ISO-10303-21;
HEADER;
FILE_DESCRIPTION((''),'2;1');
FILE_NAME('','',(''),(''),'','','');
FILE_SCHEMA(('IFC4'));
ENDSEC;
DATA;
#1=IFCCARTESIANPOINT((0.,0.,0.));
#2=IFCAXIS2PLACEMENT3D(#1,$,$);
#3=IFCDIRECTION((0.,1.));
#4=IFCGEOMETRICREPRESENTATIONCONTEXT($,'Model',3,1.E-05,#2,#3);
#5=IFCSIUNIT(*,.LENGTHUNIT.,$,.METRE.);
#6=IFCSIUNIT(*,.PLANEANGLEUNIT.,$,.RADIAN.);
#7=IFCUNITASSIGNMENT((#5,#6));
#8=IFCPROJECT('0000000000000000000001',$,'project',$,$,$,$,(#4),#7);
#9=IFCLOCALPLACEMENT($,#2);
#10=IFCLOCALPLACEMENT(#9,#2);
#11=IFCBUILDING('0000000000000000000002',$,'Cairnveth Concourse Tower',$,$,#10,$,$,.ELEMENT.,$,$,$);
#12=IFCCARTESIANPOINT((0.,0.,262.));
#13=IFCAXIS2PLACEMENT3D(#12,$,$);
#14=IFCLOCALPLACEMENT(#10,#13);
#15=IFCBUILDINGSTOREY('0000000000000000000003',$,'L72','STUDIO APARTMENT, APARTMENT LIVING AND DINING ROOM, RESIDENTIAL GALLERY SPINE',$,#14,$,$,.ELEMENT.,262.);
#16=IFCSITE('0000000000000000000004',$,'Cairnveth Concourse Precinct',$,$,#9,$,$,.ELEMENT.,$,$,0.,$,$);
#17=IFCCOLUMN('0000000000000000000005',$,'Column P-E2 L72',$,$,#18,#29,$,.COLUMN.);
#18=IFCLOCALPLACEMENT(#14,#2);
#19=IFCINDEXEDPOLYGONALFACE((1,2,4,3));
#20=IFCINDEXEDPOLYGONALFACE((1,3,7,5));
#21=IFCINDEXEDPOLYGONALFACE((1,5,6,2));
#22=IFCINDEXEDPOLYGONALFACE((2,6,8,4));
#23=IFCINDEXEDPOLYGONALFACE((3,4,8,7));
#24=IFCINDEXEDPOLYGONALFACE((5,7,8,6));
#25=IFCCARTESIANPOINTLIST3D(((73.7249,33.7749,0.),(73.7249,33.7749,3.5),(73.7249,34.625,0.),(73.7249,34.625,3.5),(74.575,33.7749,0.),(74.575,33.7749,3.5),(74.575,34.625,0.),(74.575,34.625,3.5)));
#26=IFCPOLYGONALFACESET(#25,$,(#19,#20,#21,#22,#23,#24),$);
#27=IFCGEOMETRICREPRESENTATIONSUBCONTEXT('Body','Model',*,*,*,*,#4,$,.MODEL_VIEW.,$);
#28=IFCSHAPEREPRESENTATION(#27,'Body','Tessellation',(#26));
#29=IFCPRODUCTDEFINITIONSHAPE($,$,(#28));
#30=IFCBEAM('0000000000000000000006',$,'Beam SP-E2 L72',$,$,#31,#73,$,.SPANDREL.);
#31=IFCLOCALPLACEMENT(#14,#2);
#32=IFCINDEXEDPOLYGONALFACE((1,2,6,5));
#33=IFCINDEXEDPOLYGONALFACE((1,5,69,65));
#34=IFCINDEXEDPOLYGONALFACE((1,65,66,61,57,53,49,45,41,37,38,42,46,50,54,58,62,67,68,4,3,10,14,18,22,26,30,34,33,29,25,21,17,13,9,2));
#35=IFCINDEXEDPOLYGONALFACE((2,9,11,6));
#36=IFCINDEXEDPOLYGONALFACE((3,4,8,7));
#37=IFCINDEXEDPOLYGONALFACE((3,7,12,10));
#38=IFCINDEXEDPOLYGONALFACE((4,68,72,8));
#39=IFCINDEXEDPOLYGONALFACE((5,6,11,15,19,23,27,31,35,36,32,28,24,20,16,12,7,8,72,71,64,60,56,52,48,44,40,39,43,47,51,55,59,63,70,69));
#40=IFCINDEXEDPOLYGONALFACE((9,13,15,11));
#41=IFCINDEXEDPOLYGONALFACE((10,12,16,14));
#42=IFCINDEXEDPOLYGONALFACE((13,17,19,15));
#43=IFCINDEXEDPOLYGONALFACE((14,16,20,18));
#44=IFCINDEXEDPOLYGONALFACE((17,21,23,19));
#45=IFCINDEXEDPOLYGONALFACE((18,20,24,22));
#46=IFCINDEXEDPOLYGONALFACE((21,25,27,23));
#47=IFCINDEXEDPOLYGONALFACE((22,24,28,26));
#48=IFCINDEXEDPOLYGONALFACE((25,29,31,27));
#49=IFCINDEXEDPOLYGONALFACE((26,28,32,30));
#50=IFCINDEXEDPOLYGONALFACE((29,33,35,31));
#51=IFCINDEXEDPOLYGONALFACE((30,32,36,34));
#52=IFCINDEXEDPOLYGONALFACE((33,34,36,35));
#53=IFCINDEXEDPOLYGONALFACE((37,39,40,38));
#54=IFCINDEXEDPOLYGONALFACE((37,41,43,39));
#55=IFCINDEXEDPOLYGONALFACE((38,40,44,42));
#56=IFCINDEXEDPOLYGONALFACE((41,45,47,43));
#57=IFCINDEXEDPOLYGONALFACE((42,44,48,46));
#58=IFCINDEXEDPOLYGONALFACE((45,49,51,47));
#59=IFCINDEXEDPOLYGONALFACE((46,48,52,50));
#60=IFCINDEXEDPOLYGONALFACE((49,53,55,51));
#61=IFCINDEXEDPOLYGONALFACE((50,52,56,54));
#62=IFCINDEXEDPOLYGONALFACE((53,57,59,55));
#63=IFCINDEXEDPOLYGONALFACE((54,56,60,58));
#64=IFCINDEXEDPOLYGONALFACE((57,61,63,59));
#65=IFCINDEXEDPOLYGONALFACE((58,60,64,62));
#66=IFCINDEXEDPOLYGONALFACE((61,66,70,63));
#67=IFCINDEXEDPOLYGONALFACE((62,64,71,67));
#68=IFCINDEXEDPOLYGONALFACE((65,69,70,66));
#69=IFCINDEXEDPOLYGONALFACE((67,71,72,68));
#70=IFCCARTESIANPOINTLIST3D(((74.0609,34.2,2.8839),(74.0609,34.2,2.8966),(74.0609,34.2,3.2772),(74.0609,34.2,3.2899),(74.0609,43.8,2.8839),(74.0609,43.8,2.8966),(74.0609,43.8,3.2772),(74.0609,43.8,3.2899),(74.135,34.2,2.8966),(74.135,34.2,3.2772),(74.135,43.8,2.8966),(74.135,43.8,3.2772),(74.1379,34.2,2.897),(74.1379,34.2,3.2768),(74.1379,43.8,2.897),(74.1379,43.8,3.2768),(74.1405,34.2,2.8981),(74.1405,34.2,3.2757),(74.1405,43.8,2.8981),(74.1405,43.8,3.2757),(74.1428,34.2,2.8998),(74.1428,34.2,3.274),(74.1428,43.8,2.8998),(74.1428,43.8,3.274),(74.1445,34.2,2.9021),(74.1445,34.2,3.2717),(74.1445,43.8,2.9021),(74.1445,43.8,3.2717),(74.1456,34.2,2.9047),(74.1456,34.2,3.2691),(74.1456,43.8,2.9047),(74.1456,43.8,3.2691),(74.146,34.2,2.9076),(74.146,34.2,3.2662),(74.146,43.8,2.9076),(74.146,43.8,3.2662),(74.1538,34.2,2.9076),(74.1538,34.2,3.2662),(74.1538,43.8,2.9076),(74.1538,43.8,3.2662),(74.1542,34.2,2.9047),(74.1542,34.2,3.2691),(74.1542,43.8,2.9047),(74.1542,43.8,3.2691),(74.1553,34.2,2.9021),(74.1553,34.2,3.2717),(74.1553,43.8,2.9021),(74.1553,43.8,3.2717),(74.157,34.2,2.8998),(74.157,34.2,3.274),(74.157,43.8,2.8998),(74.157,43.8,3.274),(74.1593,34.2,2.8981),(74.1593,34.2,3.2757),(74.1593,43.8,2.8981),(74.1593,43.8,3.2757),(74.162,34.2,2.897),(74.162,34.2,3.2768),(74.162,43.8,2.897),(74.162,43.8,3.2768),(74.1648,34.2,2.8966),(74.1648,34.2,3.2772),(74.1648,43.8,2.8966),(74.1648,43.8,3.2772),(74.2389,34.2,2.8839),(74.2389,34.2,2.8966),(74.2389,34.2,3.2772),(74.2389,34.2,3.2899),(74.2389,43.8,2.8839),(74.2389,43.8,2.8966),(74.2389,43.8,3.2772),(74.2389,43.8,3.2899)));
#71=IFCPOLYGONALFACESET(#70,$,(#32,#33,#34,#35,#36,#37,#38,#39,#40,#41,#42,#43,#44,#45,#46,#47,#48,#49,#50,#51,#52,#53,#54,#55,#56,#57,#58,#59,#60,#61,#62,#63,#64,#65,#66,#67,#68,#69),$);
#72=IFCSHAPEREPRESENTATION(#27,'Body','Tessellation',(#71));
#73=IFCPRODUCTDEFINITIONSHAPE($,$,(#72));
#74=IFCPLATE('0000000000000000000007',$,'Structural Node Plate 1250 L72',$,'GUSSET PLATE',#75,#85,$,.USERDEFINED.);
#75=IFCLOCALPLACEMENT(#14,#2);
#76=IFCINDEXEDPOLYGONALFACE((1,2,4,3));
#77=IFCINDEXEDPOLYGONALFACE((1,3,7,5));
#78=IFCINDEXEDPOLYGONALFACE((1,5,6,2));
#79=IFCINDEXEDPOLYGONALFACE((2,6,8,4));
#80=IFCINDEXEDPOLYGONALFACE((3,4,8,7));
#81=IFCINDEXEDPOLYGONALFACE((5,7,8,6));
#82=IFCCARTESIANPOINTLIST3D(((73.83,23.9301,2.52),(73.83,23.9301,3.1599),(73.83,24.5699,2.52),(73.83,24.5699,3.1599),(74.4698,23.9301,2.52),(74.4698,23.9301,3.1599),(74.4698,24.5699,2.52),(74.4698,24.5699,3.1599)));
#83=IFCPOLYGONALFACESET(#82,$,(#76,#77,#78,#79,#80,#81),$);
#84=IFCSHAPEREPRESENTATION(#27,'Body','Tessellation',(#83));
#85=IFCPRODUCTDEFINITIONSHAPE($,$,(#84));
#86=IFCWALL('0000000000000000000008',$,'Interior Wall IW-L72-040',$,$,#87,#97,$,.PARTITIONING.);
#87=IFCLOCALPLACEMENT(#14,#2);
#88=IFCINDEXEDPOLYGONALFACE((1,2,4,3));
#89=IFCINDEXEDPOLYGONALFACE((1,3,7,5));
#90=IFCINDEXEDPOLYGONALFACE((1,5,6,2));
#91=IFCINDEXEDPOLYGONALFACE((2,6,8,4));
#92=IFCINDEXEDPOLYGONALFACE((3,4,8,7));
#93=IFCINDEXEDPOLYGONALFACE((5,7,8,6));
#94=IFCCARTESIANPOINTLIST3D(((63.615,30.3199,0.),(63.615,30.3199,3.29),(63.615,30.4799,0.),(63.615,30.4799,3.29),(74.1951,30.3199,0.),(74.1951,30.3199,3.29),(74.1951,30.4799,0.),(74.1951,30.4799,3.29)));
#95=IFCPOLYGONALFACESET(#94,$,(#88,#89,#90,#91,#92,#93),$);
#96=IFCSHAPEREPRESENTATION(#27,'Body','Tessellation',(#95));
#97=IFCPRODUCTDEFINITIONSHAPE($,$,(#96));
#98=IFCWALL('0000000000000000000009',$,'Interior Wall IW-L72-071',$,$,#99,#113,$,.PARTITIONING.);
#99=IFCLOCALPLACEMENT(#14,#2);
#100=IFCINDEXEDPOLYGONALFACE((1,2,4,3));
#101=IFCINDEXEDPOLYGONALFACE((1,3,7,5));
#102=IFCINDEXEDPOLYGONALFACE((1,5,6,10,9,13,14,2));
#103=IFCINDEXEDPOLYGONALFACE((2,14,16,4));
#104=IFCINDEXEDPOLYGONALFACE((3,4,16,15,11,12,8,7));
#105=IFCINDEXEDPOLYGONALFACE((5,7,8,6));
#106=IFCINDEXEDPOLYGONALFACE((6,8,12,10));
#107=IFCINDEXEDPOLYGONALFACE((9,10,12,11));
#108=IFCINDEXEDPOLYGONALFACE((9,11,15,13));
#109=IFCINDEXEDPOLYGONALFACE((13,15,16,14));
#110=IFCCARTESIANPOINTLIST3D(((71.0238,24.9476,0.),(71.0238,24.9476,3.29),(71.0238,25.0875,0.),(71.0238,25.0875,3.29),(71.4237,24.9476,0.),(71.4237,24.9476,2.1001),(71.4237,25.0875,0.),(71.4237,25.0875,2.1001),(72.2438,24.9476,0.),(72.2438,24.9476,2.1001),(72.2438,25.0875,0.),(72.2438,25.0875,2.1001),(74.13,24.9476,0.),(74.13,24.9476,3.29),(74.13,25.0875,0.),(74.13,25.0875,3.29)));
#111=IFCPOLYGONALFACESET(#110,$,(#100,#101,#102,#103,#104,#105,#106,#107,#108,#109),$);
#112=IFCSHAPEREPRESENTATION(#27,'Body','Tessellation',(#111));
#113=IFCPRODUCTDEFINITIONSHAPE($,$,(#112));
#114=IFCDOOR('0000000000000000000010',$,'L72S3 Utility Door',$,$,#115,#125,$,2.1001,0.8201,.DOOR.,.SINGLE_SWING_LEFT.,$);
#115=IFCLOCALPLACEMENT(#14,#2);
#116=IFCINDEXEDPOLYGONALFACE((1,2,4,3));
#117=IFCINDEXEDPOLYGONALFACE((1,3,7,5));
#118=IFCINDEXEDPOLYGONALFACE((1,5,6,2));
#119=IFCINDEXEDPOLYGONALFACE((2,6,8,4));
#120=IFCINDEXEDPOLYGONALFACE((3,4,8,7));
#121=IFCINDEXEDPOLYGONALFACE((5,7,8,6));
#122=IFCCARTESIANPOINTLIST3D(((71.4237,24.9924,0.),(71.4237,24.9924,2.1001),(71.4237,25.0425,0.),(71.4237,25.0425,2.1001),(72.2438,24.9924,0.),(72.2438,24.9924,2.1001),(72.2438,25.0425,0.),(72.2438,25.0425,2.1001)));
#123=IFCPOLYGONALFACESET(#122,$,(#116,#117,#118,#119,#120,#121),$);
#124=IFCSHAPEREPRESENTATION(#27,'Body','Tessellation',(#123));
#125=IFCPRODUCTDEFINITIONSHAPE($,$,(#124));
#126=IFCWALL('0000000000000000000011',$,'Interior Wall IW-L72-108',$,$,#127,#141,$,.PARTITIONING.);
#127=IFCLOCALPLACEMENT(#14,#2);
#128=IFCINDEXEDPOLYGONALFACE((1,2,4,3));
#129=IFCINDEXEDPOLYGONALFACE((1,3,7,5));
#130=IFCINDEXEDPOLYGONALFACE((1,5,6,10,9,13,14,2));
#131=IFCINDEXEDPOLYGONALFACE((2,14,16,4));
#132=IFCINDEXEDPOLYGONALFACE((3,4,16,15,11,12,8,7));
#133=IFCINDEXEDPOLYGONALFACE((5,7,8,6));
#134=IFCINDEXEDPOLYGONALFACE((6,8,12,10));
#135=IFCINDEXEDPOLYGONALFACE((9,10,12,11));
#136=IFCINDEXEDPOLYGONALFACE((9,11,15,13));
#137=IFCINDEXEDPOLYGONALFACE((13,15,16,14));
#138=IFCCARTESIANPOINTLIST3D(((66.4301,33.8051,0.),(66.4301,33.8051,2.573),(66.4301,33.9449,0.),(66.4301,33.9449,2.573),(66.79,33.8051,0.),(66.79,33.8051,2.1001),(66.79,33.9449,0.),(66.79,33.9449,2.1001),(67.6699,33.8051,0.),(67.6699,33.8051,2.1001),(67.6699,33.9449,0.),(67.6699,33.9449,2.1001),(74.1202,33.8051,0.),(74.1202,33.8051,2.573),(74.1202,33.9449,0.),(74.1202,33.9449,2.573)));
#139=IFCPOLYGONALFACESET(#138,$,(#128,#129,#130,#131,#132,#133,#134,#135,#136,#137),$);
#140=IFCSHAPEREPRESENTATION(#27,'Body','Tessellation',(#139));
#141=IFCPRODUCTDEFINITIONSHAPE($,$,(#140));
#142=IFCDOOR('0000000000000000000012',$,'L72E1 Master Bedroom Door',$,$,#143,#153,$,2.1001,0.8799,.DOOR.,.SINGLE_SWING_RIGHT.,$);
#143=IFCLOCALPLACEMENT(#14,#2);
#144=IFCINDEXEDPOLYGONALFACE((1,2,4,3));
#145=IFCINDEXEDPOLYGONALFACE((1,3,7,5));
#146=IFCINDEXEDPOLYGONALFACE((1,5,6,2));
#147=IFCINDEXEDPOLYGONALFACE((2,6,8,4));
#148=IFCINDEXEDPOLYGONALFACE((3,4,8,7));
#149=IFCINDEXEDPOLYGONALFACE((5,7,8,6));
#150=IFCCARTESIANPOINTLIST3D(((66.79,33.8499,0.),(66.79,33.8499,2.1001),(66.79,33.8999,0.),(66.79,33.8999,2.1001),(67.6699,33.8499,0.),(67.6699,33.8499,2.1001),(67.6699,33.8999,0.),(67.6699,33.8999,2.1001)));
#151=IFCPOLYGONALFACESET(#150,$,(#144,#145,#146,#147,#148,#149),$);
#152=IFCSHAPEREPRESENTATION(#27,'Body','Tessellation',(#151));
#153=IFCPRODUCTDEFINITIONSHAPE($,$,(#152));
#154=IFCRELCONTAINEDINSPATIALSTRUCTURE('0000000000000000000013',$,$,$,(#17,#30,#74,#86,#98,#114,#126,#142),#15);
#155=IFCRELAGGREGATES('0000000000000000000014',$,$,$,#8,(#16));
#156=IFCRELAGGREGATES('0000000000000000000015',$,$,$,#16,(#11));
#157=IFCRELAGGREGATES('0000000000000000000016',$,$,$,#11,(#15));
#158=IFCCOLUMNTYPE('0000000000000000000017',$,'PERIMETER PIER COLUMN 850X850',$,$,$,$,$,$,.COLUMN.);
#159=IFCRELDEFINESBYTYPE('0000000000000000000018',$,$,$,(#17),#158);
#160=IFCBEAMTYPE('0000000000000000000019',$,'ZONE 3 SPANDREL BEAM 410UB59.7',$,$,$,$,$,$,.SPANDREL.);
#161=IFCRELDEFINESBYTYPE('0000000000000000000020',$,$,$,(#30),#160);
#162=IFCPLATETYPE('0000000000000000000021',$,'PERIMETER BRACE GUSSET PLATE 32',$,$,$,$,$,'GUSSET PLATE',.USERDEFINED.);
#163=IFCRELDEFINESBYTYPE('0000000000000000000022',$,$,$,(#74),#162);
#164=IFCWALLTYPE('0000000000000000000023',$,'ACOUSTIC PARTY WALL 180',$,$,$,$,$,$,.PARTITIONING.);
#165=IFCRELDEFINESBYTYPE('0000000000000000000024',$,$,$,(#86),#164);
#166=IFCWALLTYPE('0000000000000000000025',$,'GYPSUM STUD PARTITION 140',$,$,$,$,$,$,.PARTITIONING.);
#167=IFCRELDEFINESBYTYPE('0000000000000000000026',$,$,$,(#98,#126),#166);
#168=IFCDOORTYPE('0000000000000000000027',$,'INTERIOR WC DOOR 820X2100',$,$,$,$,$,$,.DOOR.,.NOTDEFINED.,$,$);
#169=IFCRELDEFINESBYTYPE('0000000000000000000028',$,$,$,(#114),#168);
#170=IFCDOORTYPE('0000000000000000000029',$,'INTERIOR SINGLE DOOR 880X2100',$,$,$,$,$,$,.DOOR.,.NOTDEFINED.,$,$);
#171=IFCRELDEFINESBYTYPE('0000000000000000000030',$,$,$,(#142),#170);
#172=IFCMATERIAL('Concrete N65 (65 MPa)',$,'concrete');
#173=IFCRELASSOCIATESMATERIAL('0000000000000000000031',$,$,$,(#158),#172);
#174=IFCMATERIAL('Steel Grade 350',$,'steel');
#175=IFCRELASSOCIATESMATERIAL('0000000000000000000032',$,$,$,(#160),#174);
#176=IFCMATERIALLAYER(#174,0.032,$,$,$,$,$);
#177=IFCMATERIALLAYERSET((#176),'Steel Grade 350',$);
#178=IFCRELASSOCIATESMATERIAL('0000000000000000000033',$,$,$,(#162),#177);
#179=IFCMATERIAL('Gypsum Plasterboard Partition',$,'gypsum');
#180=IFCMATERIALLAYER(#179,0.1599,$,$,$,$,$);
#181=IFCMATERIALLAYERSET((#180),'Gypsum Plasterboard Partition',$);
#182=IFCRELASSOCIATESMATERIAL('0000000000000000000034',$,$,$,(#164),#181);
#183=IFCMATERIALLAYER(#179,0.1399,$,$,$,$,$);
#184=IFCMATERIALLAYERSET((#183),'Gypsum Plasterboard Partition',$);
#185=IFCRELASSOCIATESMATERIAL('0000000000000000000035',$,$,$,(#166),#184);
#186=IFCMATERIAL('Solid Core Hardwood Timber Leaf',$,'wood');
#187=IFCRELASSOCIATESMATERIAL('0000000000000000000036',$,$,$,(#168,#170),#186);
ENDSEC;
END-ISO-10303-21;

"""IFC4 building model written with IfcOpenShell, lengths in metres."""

from ifc_helpers import new_model, si_unit, direction, frame, frame_2d, origin, origin_2d, place, context, subcontext, project, spatial, rectangle, i_section, extrude, material, layer, layer_set, material_profile, profile_set, type_object, element, fill, save


model = new_model("IFC4")

# Units and contexts
model_context = context("Model", 3, precision=1e-05, world=origin(), true_north=direction((0.0, 1.0)))
body_context = subcontext(model_context, "Body", "Model", "MODEL_VIEW")
ifc_project = project(units=[si_unit("LENGTHUNIT", "METRE"), si_unit("PLANEANGLEUNIT", "RADIAN")], contexts=[model_context])

# Site, building, storey
site_placement = place(None, origin())
site = spatial("IfcSite", under=ifc_project, at=site_placement, Name="Cairnveth Concourse Precinct", CompositionType="ELEMENT", RefElevation=0.0)
building_placement = place(site_placement, origin())
building = spatial("IfcBuilding", under=site, at=building_placement, Name="Cairnveth Concourse Tower", CompositionType="ELEMENT")
storey_placement = place(building_placement, frame((0.0, 0.0, 262.0)))
storey = spatial("IfcBuildingStorey", under=building, at=storey_placement, Name="L72", Description="STUDIO APARTMENT, APARTMENT LIVING AND DINING ROOM, RESIDENTIAL GALLERY SPINE", CompositionType="ELEMENT", Elevation=262.0)

# Column
ifc_material_1 = material(Name="Concrete N65 (65 MPa)", Category="concrete")
ifc_material_profile_1 = material_profile(ifc_material_1, rectangle(XDim=0.8501, YDim=0.8501, at=origin_2d()), Name="RC-COL-850x850")
ifc_profile_set_1 = profile_set([ifc_material_profile_1], Name="Concrete N65 (65 MPa)")
column_type = type_object("IfcColumnType", Name="PERIMETER PIER COLUMN 850X850", PredefinedType="COLUMN", material=ifc_profile_set_1)
column_placement = place(storey_placement, frame((74.1499, 34.2, 0.0), z_axis=(0.0, 0.0, 1.0), x_axis=(0.0, 1.0, 0.0)))
element("IfcColumn", 1, at=column_placement, inside=storey, type_object=column_type, Name="Column P-E2 L72", PredefinedType="COLUMN", context=body_context, shape_type="SweptSolid", body=[
    extrude(rectangle(XDim=0.8501, YDim=0.8501, at=origin_2d()), origin(), (0.0, 0.0, 1.0), 3.5),
])

# Beam
ifc_material_2 = material(Name="Steel Grade 350", Category="steel")
ifc_material_profile_2 = material_profile(ifc_material_2, i_section(OverallWidth=0.178, OverallDepth=0.406, WebThickness=0.0078, FlangeThickness=0.0127, FilletRadius=0.011, at=origin_2d()), Name="410UB59.7")
ifc_profile_set_2 = profile_set([ifc_material_profile_2], Name="Steel Grade 350")
beam_type = type_object("IfcBeamType", Name="ZONE 3 SPANDREL BEAM 410UB59.7", PredefinedType="SPANDREL", material=ifc_profile_set_2)
beam_placement = place(storey_placement, frame((74.1499, 34.2, 3.0869), z_axis=(0.0, 1.0, 0.0), x_axis=(-1.0, 0.0, 0.0)))
element("IfcBeam", 2, at=beam_placement, inside=storey, type_object=beam_type, Name="Beam SP-E2 L72", PredefinedType="SPANDREL", context=body_context, shape_type="SweptSolid", body=[
    extrude(i_section(OverallWidth=0.178, OverallDepth=0.406, WebThickness=0.0078, FlangeThickness=0.0127, FilletRadius=0.011, at=origin_2d()), origin(), (0.0, 0.0, 1.0), 9.6001),
])

# Plate
ifc_layer_1 = layer(ifc_material_2, 0.032)
ifc_layer_set_1 = layer_set([ifc_layer_1], Name="Steel Grade 350")
plate_type = type_object("IfcPlateType", Name="PERIMETER BRACE GUSSET PLATE 32", ElementType="GUSSET PLATE", PredefinedType="USERDEFINED", material=ifc_layer_set_1)
plate_placement = place(storey_placement, frame((74.1499, 24.25, 2.52), z_axis=(0.0, 0.0, 1.0), x_axis=(1.0, 0.0, 0.0)))
element("IfcPlate", 3, at=plate_placement, inside=storey, type_object=plate_type, Name="Structural Node Plate 1250 L72", ObjectType="GUSSET PLATE", PredefinedType="USERDEFINED", context=body_context, shape_type="SweptSolid", body=[
    extrude(rectangle(XDim=0.6399, YDim=0.6399, at=origin_2d()), origin(), (0.0, 0.0, 1.0), 0.6399),
])

# Wall
ifc_material_3 = material(Name="Gypsum Plasterboard Partition", Category="gypsum")
ifc_layer_2 = layer(ifc_material_3, 0.1599)
ifc_layer_set_2 = layer_set([ifc_layer_2], Name="Gypsum Plasterboard Partition")
wall_type_1 = type_object("IfcWallType", Name="ACOUSTIC PARTY WALL 180", PredefinedType="PARTITIONING", material=ifc_layer_set_2)
wall_1_placement = place(storey_placement, frame((63.615, 30.3999, 0.0), z_axis=(0.0, 0.0, 1.0), x_axis=(1.0, 0.0, 0.0)))
element("IfcWall", 4, at=wall_1_placement, inside=storey, type_object=wall_type_1, Name="Interior Wall IW-L72-040", PredefinedType="PARTITIONING", context=body_context, shape_type="SweptSolid", body=[
    extrude(rectangle(XDim=10.5801, YDim=0.1599, at=frame_2d((5.29, 0.0))), origin(), (0.0, 0.0, 1.0), 3.29),
])

# Walls, openings, doors
ifc_layer_3 = layer(ifc_material_3, 0.1399)
ifc_layer_set_3 = layer_set([ifc_layer_3], Name="Gypsum Plasterboard Partition")
wall_type_2 = type_object("IfcWallType", Name="GYPSUM STUD PARTITION 140", PredefinedType="PARTITIONING", material=ifc_layer_set_3)
wall_2_placement = place(storey_placement, frame((71.0237, 25.0176, 0.0), z_axis=(0.0, 0.0, 1.0), x_axis=(1.0, 0.0, 0.0)))
wall_2 = element("IfcWall", 5, at=wall_2_placement, inside=storey, type_object=wall_type_2, Name="Interior Wall IW-L72-071", PredefinedType="PARTITIONING", context=body_context, shape_type="SweptSolid", body=[
    extrude(rectangle(XDim=3.1062, YDim=0.1399, at=frame_2d((1.5532, 0.0))), origin(), (0.0, 0.0, 1.0), 3.29),
])
opening_1_placement = place(wall_2_placement, frame((0.3999, 0.0, 0.0)))
opening_1 = element("IfcOpeningElement", 6, at=opening_1_placement, cuts=wall_2, PredefinedType="OPENING", context=body_context, shape_type="SweptSolid", body=[
    extrude(rectangle(XDim=0.8201, YDim=2.1001, at=frame_2d((0.4102, 1.05))), frame((0.0, 0.0798, 0.0), z_axis=(0.0, -1.0, 0.0), x_axis=(1.0, 0.0, 0.0)), (0.0, 0.0, 1.0), 0.1599),
])
ifc_material_4 = material(Name="Solid Core Hardwood Timber Leaf", Category="wood")
door_type_1 = type_object("IfcDoorType", Name="INTERIOR WC DOOR 820X2100", OperationType="NOTDEFINED", PredefinedType="DOOR", material=ifc_material_4)
door_1_placement = place(opening_1_placement, origin())
door_1 = element("IfcDoor", 7, at=door_1_placement, inside=storey, type_object=door_type_1, Name="L72S3 Utility Door", OperationType="SINGLE_SWING_LEFT", OverallHeight=2.1001, OverallWidth=0.8201, PredefinedType="DOOR", context=body_context, shape_type="SweptSolid", body=[
    extrude(rectangle(XDim=0.8201, YDim=2.1001, at=frame_2d((0.4102, 1.05))), frame((0.0, 0.0249, 0.0), z_axis=(0.0, -1.0, 0.0), x_axis=(1.0, 0.0, 0.0)), (0.0, 0.0, 1.0), 0.05),
])
fill(opening_1, door_1)
wall_3_placement = place(storey_placement, frame((66.4299, 33.875, 0.0), z_axis=(0.0, 0.0, 1.0), x_axis=(1.0, 0.0, 0.0)))
wall_3 = element("IfcWall", 8, at=wall_3_placement, inside=storey, type_object=wall_type_2, Name="Interior Wall IW-L72-108", PredefinedType="PARTITIONING", context=body_context, shape_type="SweptSolid", body=[
    extrude(rectangle(XDim=7.6902, YDim=0.1399, at=frame_2d((3.8452, 0.0))), origin(), (0.0, 0.0, 1.0), 2.573),
])
opening_2_placement = place(wall_3_placement, frame((0.3601, 0.0, 0.0)))
opening_2 = element("IfcOpeningElement", 9, at=opening_2_placement, cuts=wall_3, PredefinedType="OPENING", context=body_context, shape_type="SweptSolid", body=[
    extrude(rectangle(XDim=0.8799, YDim=2.1001, at=frame_2d((0.4399, 1.05))), frame((0.0, 0.0798, 0.0), z_axis=(0.0, -1.0, 0.0), x_axis=(1.0, 0.0, 0.0)), (0.0, 0.0, 1.0), 0.1599),
])
door_type_2 = type_object("IfcDoorType", Name="INTERIOR SINGLE DOOR 880X2100", OperationType="NOTDEFINED", PredefinedType="DOOR", material=ifc_material_4)
door_2_placement = place(opening_2_placement, origin())
door_2 = element("IfcDoor", 10, at=door_2_placement, inside=storey, type_object=door_type_2, Name="L72E1 Master Bedroom Door", OperationType="SINGLE_SWING_RIGHT", OverallHeight=2.1001, OverallWidth=0.8799, PredefinedType="DOOR", context=body_context, shape_type="SweptSolid", body=[
    extrude(rectangle(XDim=0.8799, YDim=2.1001, at=frame_2d((0.4399, 1.05))), frame((0.0, 0.0249, 0.0), z_axis=(0.0, -1.0, 0.0), x_axis=(1.0, 0.0, 0.0)), (0.0, 0.0, 1.0), 0.05),
])
fill(opening_2, door_2)

save(model, "model.ifc")
